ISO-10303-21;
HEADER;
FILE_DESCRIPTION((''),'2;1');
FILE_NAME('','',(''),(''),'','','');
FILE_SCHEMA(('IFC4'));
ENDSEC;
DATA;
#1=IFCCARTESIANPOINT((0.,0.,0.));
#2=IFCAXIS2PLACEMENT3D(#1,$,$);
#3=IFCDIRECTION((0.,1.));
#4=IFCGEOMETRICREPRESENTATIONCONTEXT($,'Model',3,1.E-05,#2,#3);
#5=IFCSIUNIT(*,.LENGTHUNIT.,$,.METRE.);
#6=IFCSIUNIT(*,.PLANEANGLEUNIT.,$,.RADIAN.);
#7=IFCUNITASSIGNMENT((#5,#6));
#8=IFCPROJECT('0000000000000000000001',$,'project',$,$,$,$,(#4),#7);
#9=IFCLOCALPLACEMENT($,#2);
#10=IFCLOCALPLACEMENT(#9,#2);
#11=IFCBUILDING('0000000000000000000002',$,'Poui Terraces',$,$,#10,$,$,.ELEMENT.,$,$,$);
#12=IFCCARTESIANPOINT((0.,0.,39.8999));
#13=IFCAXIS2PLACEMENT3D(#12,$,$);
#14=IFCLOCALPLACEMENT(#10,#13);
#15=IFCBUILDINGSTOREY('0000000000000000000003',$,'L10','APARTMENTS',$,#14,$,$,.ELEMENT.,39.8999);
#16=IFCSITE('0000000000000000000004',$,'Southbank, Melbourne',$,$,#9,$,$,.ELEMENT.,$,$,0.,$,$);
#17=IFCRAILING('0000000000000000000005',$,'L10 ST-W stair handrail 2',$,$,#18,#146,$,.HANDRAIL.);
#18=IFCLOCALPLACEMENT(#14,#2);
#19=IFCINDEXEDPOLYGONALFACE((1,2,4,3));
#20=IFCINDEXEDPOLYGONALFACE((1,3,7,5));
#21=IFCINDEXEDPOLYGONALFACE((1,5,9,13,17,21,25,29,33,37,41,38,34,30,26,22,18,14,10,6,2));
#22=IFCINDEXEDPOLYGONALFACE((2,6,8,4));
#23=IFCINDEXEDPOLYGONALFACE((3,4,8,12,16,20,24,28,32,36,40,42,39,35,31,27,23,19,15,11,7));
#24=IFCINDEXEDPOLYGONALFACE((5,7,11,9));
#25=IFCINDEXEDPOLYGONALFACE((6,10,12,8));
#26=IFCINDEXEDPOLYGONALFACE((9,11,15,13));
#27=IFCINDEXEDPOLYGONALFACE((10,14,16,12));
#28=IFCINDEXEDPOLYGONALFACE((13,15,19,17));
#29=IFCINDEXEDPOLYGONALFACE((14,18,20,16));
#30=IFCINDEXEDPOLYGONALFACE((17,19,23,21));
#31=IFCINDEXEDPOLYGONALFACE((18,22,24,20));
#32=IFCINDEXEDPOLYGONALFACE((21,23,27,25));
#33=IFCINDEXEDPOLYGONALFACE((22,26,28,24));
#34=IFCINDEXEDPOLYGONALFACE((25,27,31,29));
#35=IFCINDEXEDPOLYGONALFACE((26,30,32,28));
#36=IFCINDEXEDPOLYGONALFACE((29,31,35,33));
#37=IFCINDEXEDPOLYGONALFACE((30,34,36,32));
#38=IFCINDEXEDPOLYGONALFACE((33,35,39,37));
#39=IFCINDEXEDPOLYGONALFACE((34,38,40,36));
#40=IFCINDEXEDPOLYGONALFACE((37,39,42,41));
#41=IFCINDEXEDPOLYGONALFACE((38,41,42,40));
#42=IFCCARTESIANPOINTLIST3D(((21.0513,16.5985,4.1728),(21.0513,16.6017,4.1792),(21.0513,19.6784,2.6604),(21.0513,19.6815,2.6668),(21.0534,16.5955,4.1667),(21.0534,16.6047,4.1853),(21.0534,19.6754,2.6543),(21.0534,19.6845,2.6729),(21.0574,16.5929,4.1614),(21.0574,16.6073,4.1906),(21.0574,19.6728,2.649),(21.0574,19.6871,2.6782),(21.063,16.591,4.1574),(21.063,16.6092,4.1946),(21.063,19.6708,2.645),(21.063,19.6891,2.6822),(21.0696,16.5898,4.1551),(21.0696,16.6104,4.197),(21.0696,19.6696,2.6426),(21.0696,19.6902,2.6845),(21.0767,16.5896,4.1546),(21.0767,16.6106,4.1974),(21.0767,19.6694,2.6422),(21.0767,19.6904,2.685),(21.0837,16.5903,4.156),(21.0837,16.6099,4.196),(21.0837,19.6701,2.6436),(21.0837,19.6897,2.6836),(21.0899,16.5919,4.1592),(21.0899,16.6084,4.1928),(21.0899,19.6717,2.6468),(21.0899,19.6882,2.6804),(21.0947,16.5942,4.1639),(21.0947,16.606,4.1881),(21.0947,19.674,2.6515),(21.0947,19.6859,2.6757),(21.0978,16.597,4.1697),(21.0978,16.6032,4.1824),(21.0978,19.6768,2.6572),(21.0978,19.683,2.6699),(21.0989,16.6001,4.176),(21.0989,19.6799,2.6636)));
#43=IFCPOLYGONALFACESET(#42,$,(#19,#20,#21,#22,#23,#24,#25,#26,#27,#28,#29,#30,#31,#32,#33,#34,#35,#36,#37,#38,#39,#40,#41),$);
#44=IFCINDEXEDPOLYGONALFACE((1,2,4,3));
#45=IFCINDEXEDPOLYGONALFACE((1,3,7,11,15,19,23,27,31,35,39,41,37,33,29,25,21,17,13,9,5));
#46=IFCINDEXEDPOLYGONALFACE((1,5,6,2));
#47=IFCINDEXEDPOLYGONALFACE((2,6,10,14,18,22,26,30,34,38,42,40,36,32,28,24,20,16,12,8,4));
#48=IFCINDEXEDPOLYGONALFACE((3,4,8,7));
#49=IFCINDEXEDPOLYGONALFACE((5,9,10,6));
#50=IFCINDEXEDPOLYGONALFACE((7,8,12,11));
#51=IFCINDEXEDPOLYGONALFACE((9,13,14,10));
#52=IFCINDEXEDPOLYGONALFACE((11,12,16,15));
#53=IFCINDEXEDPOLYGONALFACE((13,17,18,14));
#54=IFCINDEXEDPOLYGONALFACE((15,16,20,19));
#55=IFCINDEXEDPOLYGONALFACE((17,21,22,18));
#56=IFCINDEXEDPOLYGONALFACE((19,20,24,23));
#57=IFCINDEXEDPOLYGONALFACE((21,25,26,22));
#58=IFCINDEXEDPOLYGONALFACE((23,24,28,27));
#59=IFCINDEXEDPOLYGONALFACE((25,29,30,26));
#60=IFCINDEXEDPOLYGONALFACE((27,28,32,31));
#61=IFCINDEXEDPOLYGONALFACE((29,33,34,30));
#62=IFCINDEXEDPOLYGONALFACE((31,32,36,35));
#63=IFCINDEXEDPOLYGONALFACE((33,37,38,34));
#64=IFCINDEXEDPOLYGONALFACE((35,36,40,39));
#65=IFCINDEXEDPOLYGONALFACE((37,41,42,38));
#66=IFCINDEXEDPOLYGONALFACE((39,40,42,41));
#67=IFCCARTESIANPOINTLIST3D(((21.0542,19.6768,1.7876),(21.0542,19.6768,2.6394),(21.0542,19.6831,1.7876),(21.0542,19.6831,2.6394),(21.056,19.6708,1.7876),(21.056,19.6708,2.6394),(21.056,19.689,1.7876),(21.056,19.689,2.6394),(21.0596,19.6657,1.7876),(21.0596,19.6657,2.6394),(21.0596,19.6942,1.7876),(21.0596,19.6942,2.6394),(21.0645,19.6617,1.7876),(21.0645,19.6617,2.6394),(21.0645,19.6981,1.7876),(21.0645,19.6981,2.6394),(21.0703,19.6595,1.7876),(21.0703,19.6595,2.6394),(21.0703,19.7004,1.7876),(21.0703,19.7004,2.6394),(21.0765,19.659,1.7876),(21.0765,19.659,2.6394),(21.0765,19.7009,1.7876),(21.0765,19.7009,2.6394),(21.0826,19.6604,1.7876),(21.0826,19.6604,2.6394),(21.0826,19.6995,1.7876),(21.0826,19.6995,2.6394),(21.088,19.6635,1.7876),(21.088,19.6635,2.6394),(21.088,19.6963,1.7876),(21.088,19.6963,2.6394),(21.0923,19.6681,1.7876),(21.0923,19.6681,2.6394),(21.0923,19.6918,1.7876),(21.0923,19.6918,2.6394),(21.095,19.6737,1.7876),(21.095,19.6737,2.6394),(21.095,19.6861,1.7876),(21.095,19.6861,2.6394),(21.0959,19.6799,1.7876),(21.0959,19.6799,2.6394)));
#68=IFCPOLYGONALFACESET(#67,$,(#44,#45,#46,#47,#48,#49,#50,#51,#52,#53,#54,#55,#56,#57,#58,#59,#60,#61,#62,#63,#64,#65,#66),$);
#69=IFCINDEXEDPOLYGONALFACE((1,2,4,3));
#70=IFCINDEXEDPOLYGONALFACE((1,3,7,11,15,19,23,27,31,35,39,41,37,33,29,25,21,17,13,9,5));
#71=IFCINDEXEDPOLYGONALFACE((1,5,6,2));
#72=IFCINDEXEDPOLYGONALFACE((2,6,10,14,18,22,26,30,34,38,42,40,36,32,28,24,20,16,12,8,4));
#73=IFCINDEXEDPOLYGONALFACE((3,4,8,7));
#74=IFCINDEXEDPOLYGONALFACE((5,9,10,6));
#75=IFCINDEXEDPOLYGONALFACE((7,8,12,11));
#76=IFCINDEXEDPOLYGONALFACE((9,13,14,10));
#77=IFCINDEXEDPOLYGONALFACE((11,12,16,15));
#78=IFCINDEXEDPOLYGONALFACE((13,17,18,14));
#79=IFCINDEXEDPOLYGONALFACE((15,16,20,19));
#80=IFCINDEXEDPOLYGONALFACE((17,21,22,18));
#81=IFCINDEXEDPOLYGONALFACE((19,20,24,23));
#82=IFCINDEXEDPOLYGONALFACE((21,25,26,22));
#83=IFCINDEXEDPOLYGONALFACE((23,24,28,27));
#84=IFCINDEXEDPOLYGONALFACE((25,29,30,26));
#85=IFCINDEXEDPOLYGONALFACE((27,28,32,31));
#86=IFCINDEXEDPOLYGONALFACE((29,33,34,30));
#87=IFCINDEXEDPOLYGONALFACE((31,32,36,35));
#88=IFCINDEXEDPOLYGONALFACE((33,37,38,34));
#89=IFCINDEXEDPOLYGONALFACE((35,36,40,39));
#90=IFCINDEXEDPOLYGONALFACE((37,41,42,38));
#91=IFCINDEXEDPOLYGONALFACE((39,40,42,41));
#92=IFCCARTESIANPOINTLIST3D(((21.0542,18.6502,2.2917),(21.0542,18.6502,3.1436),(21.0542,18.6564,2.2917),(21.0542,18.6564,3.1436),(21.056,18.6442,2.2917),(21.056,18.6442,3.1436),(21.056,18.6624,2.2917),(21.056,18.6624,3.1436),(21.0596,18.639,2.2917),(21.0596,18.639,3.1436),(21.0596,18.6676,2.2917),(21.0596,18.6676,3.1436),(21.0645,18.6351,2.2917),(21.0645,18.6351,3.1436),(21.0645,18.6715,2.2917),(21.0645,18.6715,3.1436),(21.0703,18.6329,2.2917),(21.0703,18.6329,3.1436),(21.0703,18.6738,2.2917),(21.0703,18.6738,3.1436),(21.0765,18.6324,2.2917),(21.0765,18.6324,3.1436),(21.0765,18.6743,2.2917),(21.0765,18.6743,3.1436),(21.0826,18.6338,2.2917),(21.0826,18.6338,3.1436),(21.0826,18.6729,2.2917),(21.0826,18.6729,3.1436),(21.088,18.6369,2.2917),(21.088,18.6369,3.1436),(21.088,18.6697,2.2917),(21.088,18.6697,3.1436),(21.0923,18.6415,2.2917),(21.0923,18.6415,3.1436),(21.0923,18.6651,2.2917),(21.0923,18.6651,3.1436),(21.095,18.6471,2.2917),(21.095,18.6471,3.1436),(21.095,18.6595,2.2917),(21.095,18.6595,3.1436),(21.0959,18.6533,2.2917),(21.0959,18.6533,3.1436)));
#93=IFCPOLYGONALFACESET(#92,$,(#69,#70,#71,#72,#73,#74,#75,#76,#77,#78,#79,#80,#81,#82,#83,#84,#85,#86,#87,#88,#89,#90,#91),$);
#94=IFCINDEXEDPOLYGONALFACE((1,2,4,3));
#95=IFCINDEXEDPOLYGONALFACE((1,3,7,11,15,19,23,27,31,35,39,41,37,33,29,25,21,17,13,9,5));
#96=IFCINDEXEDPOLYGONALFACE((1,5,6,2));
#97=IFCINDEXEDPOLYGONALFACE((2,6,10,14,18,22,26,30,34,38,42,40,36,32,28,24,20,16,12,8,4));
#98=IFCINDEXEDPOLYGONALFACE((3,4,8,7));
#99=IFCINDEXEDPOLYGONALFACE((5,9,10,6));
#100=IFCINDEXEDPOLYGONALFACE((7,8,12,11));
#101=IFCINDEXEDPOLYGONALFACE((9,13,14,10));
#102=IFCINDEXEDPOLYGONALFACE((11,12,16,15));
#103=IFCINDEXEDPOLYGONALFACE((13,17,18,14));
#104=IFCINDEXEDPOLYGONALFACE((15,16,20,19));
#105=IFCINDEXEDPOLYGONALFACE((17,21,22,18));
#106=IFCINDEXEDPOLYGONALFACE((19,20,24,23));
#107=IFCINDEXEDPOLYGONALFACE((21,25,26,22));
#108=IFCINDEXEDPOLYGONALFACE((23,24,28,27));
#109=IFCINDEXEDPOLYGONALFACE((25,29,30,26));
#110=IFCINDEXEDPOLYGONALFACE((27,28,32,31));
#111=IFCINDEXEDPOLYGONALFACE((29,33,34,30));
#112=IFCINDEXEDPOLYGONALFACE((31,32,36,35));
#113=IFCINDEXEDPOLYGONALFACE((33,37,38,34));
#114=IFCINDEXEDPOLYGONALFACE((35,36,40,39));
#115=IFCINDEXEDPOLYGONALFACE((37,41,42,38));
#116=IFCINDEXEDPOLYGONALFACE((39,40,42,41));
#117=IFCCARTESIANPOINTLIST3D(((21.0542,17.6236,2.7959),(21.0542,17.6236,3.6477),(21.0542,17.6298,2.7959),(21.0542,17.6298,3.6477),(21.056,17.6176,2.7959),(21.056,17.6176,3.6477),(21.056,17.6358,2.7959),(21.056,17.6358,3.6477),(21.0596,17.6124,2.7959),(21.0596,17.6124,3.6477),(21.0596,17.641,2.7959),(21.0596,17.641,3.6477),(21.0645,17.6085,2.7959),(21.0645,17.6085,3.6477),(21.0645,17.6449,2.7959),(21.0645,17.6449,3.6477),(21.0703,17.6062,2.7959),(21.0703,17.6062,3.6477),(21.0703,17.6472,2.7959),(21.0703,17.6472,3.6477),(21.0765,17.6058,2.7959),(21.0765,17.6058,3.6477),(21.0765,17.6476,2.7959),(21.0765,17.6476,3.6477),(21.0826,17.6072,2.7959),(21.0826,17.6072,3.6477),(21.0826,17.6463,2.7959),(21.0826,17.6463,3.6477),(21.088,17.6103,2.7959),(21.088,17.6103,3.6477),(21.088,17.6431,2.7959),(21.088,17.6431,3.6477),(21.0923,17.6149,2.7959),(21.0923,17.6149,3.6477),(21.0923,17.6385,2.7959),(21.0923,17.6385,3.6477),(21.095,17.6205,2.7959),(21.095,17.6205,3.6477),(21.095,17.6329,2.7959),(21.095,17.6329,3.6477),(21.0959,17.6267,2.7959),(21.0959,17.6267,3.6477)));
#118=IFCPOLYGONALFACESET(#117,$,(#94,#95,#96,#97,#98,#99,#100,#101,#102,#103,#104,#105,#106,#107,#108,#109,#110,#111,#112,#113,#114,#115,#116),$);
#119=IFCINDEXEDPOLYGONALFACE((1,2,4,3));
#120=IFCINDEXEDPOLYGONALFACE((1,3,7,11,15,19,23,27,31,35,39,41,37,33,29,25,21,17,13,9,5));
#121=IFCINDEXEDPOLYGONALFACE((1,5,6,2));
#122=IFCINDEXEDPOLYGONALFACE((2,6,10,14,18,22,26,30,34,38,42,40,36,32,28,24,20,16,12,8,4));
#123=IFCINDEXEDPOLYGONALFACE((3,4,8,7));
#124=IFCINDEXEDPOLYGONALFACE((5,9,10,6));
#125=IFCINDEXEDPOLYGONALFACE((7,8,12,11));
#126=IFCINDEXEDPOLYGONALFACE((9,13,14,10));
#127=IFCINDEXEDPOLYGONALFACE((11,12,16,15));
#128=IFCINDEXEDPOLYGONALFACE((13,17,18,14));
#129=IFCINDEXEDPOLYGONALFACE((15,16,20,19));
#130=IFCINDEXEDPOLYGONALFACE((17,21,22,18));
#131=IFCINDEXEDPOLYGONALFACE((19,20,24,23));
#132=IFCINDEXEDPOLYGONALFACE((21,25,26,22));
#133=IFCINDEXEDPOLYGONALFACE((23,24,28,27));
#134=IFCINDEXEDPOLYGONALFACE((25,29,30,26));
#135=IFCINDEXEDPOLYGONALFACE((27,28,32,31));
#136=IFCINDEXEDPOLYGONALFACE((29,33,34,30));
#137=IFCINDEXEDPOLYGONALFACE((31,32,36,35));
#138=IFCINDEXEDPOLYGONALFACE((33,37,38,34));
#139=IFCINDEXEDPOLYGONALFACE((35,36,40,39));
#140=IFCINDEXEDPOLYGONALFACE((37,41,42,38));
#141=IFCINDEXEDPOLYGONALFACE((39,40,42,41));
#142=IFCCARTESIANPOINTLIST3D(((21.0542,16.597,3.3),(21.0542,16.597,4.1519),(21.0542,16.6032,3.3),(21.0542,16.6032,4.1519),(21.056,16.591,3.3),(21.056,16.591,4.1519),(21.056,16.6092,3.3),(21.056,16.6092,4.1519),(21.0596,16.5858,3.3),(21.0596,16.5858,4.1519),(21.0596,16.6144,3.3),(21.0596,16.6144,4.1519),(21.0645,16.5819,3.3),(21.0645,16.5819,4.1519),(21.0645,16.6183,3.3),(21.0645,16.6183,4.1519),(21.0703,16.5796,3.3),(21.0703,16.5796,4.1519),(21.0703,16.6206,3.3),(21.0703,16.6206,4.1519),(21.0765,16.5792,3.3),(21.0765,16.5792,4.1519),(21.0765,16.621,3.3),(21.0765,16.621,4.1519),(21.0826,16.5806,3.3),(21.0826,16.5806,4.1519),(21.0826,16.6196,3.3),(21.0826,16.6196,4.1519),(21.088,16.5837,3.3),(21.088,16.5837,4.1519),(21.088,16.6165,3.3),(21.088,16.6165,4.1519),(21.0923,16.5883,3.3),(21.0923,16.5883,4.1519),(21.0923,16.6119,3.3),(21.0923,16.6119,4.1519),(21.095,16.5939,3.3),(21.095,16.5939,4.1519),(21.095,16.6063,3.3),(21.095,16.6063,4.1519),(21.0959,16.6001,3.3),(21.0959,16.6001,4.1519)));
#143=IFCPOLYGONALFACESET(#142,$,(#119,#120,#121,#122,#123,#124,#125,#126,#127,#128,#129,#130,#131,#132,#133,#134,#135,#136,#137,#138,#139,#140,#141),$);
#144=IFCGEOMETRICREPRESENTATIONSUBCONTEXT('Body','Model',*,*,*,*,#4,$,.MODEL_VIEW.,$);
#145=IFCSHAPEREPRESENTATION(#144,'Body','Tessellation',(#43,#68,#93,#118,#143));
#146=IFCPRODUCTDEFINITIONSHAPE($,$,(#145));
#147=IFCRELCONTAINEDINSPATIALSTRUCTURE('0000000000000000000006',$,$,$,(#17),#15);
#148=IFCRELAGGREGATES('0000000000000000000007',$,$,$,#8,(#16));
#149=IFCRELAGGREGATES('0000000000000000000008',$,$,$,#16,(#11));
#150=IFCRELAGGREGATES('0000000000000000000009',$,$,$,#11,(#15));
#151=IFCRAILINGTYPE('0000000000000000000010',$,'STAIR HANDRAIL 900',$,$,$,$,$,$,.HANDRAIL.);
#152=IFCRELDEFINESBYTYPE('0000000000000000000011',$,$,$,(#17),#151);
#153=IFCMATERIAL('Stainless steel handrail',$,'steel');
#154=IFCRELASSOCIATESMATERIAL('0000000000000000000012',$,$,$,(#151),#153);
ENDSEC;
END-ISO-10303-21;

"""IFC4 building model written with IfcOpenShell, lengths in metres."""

from ifc_helpers import new_model, si_unit, direction, frame, origin, origin_2d, place, context, subcontext, project, spatial, circle, extrude, material, type_object, element, save


model = new_model("IFC4")

# Units and contexts
model_context = context("Model", 3, precision=1e-05, world=origin(), true_north=direction((0.0, 1.0)))
body_context = subcontext(model_context, "Body", "Model", "MODEL_VIEW")
ifc_project = project(units=[si_unit("LENGTHUNIT", "METRE"), si_unit("PLANEANGLEUNIT", "RADIAN")], contexts=[model_context])

# Site, building, storey
site_placement = place(None, origin())
site = spatial("IfcSite", under=ifc_project, at=site_placement, Name="Southbank, Melbourne", CompositionType="ELEMENT", RefElevation=0.0)
building_placement = place(site_placement, origin())
building = spatial("IfcBuilding", under=site, at=building_placement, Name="Poui Terraces", CompositionType="ELEMENT")
storey_placement = place(building_placement, frame((0.0, 0.0, 39.8999)))
storey = spatial("IfcBuildingStorey", under=building, at=storey_placement, Name="L10", Description="APARTMENTS", CompositionType="ELEMENT", Elevation=39.8999)

# Railing
ifc_material_1 = material(Name="Stainless steel handrail", Category="steel")
railing_type_1 = type_object("IfcRailingType", Name="STAIR HANDRAIL 900", PredefinedType="HANDRAIL", material=ifc_material_1)
railing_1_placement = place(storey_placement, frame((21.075, 19.6799, 1.7876)))
element("IfcRailing", 1, at=railing_1_placement, inside=storey, type_object=railing_type_1, Name="L10 ST-W stair handrail 2", PredefinedType="HANDRAIL", context=body_context, shape_type="SweptSolid", body=[
    extrude(circle(Radius=0.0239, at=origin_2d()), frame((0.0, 0.0, 0.876), z_axis=(0.0, -0.897606, 0.440798), x_axis=(1.0, 0.0, 0.0)), (0.0, 0.0, 1.0), 3.4312),
    extrude(circle(Radius=0.021, at=origin_2d()), origin(), (0.0, 0.0, 1.0), 0.8518),
    extrude(circle(Radius=0.021, at=origin_2d()), frame((0.0, -1.0266, 0.5042)), (0.0, 0.0, 1.0), 0.8518),
    extrude(circle(Radius=0.021, at=origin_2d()), frame((0.0, -2.0532, 1.0083)), (0.0, 0.0, 1.0), 0.8518),
    extrude(circle(Radius=0.021, at=origin_2d()), frame((0.0, -3.0798, 1.5125)), (0.0, 0.0, 1.0), 0.8518),
])

save(model, "model.ifc")
